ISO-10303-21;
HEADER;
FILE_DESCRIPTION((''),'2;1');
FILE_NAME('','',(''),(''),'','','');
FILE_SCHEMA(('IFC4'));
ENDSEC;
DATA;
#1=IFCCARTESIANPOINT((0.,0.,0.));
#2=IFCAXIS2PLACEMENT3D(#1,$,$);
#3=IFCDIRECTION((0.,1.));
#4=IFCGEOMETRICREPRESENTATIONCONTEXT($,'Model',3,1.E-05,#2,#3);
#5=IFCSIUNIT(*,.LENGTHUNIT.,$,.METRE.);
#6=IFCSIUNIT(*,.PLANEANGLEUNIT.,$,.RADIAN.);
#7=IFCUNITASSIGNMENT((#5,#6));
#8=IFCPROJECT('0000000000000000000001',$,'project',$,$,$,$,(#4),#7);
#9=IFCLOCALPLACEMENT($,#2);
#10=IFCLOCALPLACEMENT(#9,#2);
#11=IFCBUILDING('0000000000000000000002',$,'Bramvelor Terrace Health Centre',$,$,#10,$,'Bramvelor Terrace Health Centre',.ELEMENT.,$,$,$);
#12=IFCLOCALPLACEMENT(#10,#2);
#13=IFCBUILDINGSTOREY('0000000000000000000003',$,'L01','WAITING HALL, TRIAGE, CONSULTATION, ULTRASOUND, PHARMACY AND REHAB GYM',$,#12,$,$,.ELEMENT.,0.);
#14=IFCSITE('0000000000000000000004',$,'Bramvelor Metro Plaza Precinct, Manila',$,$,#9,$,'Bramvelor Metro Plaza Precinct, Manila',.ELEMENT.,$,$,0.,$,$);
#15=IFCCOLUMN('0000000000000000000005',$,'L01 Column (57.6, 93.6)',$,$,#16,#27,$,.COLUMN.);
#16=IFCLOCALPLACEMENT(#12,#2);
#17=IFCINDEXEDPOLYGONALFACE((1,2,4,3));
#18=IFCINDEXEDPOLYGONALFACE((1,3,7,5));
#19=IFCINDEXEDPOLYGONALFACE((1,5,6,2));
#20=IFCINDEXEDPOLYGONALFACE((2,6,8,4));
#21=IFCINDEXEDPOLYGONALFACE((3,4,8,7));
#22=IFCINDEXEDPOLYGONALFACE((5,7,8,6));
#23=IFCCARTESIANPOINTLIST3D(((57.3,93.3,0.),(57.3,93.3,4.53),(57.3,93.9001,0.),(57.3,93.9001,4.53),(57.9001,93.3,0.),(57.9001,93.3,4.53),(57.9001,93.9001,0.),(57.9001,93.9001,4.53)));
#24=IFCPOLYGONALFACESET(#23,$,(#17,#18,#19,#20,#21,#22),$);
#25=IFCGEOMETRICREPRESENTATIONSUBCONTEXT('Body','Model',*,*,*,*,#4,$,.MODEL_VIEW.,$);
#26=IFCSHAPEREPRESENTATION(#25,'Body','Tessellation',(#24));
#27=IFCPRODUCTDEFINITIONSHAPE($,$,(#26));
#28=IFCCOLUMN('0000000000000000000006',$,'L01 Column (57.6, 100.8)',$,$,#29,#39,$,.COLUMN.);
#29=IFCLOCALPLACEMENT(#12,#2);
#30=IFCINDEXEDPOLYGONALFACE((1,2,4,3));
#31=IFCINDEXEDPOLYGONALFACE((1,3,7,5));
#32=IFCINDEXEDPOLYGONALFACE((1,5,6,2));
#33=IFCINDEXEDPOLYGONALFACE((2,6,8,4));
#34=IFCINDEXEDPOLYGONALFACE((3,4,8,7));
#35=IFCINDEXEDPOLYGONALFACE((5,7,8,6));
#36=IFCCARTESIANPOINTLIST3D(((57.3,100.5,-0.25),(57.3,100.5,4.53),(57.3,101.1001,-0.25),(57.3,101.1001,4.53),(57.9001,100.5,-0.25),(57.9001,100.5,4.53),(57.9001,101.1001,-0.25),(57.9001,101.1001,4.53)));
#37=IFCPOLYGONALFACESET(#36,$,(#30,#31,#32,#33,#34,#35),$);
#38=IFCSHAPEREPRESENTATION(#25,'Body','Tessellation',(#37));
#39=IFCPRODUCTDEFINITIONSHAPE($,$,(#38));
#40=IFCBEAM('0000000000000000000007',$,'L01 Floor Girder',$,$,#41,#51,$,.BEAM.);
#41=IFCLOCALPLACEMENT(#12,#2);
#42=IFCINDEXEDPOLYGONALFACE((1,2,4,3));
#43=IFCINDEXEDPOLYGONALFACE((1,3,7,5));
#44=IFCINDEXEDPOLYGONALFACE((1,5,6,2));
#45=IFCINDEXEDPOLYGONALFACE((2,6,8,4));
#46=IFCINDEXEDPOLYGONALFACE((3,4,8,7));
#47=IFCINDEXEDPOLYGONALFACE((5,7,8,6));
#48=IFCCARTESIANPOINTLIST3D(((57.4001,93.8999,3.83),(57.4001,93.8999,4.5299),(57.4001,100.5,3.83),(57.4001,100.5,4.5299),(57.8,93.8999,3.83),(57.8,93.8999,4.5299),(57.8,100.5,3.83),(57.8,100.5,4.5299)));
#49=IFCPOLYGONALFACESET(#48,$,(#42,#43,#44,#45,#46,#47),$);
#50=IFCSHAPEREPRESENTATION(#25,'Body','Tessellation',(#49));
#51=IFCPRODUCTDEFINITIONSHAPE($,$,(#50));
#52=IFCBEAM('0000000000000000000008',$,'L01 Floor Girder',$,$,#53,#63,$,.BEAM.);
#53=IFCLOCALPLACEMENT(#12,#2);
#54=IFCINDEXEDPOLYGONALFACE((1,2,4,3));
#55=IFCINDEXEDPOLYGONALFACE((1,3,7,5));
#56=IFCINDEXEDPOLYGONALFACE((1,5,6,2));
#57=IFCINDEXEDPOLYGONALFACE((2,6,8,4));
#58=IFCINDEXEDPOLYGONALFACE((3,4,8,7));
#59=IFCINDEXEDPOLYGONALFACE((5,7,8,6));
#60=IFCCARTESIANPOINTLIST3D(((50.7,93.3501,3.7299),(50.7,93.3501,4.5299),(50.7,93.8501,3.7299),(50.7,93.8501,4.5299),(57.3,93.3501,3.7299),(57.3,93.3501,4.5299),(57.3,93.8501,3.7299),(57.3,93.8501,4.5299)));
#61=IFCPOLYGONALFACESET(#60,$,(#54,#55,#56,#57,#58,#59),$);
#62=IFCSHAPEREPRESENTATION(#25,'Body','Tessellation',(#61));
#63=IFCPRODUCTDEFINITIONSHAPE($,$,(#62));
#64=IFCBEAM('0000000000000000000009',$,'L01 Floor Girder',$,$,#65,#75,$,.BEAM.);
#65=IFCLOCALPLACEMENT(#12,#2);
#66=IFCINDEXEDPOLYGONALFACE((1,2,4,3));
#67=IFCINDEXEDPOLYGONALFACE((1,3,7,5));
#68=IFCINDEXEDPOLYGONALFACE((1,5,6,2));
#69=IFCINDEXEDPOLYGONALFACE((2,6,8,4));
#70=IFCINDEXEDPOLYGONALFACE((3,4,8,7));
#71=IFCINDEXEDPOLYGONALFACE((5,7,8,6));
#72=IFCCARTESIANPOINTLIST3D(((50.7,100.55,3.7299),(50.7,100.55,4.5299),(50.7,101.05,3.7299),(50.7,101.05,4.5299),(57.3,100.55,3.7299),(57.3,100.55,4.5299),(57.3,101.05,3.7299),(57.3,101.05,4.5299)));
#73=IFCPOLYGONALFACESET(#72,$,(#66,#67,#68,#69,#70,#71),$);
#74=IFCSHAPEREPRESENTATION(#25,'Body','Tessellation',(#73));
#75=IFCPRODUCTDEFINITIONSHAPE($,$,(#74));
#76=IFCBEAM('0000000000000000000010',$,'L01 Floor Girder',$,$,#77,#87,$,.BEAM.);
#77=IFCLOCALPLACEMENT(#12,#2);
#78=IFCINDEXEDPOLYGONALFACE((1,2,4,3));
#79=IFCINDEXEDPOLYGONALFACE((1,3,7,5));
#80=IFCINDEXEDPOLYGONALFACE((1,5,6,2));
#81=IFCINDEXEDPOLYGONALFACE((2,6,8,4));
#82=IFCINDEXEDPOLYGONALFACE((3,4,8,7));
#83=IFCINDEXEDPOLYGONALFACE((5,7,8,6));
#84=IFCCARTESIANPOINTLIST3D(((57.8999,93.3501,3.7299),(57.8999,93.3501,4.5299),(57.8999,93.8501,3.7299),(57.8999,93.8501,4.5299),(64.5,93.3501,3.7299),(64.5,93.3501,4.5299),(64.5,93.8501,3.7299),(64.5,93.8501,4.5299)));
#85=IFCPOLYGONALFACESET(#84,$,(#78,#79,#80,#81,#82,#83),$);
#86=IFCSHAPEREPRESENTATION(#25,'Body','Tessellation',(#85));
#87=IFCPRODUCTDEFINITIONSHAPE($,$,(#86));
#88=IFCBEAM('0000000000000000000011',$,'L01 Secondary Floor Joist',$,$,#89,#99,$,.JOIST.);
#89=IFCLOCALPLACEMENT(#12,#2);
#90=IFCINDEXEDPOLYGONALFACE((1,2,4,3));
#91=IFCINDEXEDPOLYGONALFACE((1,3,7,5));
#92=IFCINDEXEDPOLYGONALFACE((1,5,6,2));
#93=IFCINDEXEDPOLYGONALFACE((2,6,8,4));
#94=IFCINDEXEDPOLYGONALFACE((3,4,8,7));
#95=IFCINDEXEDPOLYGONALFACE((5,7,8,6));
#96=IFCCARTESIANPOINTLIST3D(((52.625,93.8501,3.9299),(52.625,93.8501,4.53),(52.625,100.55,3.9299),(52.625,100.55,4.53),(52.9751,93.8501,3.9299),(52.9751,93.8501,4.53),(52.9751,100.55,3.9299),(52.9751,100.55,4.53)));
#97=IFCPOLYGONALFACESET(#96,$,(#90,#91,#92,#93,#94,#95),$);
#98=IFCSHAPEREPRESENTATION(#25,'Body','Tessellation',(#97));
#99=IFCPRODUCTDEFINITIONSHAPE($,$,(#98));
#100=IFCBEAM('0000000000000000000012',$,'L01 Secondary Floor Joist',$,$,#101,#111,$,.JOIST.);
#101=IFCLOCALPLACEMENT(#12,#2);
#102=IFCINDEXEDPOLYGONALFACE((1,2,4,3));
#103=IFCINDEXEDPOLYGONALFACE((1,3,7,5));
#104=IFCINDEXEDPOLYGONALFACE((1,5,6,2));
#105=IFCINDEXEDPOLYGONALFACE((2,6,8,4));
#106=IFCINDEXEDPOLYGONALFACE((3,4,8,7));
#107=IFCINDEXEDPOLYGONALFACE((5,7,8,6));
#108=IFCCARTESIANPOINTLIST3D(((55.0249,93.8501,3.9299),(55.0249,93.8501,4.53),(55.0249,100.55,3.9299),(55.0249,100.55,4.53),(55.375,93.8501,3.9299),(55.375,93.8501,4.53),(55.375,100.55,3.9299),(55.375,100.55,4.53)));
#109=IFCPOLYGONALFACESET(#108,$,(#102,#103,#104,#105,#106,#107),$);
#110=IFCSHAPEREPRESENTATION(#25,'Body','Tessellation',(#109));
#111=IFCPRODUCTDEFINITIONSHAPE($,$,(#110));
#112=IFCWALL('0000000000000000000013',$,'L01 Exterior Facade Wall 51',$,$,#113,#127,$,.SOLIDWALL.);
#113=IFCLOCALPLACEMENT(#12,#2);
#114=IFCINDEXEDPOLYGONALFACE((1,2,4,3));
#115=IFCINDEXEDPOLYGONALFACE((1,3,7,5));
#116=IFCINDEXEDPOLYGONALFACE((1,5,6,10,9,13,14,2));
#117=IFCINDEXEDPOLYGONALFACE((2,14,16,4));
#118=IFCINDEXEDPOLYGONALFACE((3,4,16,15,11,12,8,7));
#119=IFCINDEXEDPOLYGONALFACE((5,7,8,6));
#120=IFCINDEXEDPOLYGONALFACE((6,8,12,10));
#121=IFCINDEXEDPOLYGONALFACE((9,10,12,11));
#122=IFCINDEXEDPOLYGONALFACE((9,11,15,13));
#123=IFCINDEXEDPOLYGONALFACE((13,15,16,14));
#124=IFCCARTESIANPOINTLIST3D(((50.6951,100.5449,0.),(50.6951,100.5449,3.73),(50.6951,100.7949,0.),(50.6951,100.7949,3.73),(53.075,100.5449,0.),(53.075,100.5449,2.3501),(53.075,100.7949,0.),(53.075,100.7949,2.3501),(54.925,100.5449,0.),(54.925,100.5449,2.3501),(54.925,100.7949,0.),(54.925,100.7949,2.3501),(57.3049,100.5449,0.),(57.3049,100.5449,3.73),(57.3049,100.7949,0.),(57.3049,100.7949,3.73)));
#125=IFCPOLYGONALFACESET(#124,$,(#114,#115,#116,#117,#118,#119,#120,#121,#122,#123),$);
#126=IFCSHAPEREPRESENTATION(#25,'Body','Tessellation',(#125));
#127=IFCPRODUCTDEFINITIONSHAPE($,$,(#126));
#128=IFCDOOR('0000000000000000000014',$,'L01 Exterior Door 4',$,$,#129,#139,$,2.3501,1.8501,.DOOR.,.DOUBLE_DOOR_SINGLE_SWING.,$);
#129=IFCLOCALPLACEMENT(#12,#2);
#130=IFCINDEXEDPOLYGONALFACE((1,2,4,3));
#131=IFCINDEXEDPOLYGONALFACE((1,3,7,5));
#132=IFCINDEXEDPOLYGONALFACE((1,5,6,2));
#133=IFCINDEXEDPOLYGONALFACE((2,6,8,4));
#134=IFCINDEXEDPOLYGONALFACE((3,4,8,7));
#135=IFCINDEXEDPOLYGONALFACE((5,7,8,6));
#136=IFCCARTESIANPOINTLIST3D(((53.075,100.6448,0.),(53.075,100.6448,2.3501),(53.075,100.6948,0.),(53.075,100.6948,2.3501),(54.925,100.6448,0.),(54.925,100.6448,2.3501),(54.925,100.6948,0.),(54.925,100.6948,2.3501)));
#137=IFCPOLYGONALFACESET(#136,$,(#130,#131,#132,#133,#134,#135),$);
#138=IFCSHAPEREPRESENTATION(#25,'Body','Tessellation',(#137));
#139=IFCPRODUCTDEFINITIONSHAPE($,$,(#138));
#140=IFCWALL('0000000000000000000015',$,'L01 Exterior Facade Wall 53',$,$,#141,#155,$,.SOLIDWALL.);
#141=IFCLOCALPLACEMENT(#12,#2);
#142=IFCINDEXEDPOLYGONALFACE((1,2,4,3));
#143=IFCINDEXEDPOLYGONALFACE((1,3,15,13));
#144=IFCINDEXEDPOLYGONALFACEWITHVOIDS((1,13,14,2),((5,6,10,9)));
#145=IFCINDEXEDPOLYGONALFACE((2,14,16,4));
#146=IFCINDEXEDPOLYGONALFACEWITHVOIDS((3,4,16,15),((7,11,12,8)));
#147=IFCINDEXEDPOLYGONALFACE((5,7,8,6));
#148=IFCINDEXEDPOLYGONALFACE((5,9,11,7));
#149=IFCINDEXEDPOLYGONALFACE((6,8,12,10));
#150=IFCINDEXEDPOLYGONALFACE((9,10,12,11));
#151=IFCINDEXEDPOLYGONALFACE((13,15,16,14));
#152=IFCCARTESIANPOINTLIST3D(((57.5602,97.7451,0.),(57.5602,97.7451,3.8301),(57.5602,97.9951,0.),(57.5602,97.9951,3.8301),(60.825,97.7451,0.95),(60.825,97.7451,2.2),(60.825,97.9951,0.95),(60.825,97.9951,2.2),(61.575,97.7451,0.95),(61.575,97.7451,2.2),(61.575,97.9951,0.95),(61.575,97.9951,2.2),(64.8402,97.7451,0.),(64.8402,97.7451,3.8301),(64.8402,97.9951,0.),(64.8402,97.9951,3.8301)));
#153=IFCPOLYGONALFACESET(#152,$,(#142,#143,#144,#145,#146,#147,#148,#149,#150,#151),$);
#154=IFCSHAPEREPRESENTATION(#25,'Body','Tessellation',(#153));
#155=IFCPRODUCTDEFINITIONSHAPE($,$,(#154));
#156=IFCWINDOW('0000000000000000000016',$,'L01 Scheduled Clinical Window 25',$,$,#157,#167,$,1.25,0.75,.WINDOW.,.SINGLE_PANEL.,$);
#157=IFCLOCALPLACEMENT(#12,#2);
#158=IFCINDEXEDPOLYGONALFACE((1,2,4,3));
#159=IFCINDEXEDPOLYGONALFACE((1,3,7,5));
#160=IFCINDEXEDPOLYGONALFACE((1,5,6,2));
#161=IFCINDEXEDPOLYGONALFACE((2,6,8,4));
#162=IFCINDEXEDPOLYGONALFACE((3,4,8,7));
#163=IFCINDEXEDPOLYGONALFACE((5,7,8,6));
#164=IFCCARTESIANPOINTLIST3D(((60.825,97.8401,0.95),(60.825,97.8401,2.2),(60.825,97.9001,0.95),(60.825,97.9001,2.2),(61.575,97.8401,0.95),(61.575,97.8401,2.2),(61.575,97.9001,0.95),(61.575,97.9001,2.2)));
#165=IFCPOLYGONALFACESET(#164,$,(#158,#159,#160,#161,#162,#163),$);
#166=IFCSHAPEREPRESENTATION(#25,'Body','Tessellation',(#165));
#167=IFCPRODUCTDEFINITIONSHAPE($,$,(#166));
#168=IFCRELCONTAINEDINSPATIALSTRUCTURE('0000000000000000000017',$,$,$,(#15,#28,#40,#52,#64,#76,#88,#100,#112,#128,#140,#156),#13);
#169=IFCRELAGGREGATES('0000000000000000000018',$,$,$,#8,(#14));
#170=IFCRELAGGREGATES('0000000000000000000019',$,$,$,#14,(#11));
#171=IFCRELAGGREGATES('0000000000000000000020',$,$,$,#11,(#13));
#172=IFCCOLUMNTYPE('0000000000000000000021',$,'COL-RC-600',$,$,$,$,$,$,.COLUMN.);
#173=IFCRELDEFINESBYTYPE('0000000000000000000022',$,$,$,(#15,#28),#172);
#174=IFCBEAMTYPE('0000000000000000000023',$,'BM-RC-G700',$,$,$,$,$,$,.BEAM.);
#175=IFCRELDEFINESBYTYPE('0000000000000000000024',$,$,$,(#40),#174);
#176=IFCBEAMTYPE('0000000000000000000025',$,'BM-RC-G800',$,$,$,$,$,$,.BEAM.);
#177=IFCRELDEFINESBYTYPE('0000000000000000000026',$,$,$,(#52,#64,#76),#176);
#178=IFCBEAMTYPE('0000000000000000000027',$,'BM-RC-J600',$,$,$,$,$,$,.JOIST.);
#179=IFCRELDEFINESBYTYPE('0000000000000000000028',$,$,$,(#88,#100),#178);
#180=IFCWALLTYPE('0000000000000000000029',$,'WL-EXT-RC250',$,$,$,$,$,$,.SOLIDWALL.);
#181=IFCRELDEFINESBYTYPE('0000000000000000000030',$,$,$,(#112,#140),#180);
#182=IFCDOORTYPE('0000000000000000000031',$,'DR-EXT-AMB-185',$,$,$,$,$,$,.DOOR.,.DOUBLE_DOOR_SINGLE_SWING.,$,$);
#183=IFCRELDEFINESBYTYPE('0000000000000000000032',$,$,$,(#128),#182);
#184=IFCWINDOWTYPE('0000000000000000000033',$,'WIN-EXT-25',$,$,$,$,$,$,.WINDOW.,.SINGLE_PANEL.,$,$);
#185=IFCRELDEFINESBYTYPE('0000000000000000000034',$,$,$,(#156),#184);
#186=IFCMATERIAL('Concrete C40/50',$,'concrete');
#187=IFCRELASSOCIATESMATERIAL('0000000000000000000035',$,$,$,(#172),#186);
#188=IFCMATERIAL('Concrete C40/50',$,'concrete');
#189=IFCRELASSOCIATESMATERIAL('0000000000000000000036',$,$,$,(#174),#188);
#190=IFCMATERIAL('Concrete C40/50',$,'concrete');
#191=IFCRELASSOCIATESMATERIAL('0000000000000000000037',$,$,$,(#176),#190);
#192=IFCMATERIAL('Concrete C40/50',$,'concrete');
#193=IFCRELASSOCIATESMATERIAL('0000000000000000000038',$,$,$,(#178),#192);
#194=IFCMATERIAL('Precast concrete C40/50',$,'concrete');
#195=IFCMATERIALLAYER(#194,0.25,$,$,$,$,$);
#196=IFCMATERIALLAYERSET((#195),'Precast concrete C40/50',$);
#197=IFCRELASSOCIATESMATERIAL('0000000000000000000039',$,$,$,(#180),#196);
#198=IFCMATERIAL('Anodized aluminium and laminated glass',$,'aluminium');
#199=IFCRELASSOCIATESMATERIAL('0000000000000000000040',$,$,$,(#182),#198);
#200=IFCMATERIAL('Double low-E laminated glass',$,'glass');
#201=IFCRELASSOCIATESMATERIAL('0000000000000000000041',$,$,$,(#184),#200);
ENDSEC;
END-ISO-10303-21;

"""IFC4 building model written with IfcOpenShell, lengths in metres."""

from ifc_helpers import new_model, si_unit, direction, frame, frame_2d, origin, origin_2d, place, context, subcontext, project, spatial, rectangle, extrude, material, layer, layer_set, material_profile, profile_set, type_object, element, fill, save


model = new_model("IFC4")

# Units and contexts
model_context = context("Model", 3, precision=1e-05, world=origin(), true_north=direction((0.0, 1.0)))
body_context = subcontext(model_context, "Body", "Model", "MODEL_VIEW")
ifc_project = project(units=[si_unit("LENGTHUNIT", "METRE"), si_unit("PLANEANGLEUNIT", "RADIAN")], contexts=[model_context])

# Site, building, storey
site_placement = place(None, origin())
site = spatial("IfcSite", under=ifc_project, at=site_placement, Name="Bramvelor Metro Plaza Precinct, Manila", LongName="Bramvelor Metro Plaza Precinct, Manila", CompositionType="ELEMENT", RefElevation=0.0)
building_placement = place(site_placement, origin())
building = spatial("IfcBuilding", under=site, at=building_placement, Name="Bramvelor Terrace Health Centre", LongName="Bramvelor Terrace Health Centre", CompositionType="ELEMENT")
storey_placement = place(building_placement, origin())
storey = spatial("IfcBuildingStorey", under=building, at=storey_placement, Name="L01", Description="WAITING HALL, TRIAGE, CONSULTATION, ULTRASOUND, PHARMACY AND REHAB GYM", CompositionType="ELEMENT", Elevation=0.0)

# Columns
ifc_material_1 = material(Name="Concrete C40/50", Category="concrete")
ifc_material_profile_1 = material_profile(ifc_material_1, rectangle(XDim=0.6001, YDim=0.6001, at=origin_2d()), Name="RC 600x600")
ifc_profile_set_1 = profile_set([ifc_material_profile_1], Name="Concrete C40/50")
column_type = type_object("IfcColumnType", Name="COL-RC-600", PredefinedType="COLUMN", material=ifc_profile_set_1)
column_1_placement = place(storey_placement, frame((57.6001, 93.6001, 0.0), z_axis=(0.0, 0.0, 1.0), x_axis=(1.0, 0.0, 0.0)))
element("IfcColumn", 1, at=column_1_placement, inside=storey, type_object=column_type, Name="L01 Column (57.6, 93.6)", PredefinedType="COLUMN", context=body_context, shape_type="SweptSolid", body=[
    extrude(rectangle(XDim=0.6001, YDim=0.6001, at=origin_2d()), origin(), (0.0, 0.0, 1.0), 4.53),
])
column_2_placement = place(storey_placement, frame((57.6001, 100.8, -0.25), z_axis=(0.0, 0.0, 1.0), x_axis=(1.0, 0.0, 0.0)))
element("IfcColumn", 2, at=column_2_placement, inside=storey, type_object=column_type, Name="L01 Column (57.6, 100.8)", PredefinedType="COLUMN", context=body_context, shape_type="SweptSolid", body=[
    extrude(rectangle(XDim=0.6001, YDim=0.6001, at=origin_2d()), origin(), (0.0, 0.0, 1.0), 4.78),
])

# Beams
ifc_material_2 = material(Name="Concrete C40/50", Category="concrete")
ifc_material_profile_2 = material_profile(ifc_material_2, rectangle(XDim=0.3999, YDim=0.7, at=origin_2d()), Name="RC 400x700")
ifc_profile_set_2 = profile_set([ifc_material_profile_2], Name="Concrete C40/50")
beam_type_1 = type_object("IfcBeamType", Name="BM-RC-G700", PredefinedType="BEAM", material=ifc_profile_set_2)
beam_placement = place(storey_placement, frame((57.6001, 93.8999, 4.1799), z_axis=(0.0, 1.0, 0.0), x_axis=(-1.0, 0.0, 0.0)))
element("IfcBeam", 3, at=beam_placement, inside=storey, type_object=beam_type_1, Name="L01 Floor Girder", PredefinedType="BEAM", context=body_context, shape_type="SweptSolid", body=[
    extrude(rectangle(XDim=0.3999, YDim=0.7, at=origin_2d()), origin(), (0.0, 0.0, 1.0), 6.6001),
])
ifc_material_3 = material(Name="Concrete C40/50", Category="concrete")
ifc_material_profile_3 = material_profile(ifc_material_3, rectangle(XDim=0.5, YDim=0.8, at=origin_2d()), Name="RC 500x800")
ifc_profile_set_3 = profile_set([ifc_material_profile_3], Name="Concrete C40/50")
beam_type_2 = type_object("IfcBeamType", Name="BM-RC-G800", PredefinedType="BEAM", material=ifc_profile_set_3)
for number, where, z_axis, x_axis, name in (
    (4, (50.7, 93.6001, 4.1299), (1.0, 0.0, 0.0), (0.0, 1.0, 0.0), "L01 Floor Girder"),
    (5, (50.7, 100.8, 4.1299), (1.0, 0.0, 0.0), (0.0, 1.0, 0.0), "L01 Floor Girder"),
    (6, (57.8999, 93.6001, 4.1299), (1.0, 0.0, 0.0), (0.0, 1.0, 0.0), "L01 Floor Girder"),
):
    element("IfcBeam", number, at=place(storey_placement, frame(where, z_axis=z_axis, x_axis=x_axis)), inside=storey, type_object=beam_type_2, Name=name, PredefinedType="BEAM", context=body_context, shape_type="SweptSolid", body=[
        extrude(rectangle(XDim=0.5, YDim=0.8, at=origin_2d()), origin(), (0.0, 0.0, 1.0), 6.6001),
    ])
ifc_material_4 = material(Name="Concrete C40/50", Category="concrete")
ifc_material_profile_4 = material_profile(ifc_material_4, rectangle(XDim=0.3501, YDim=0.6001, at=origin_2d()), Name="RC 350x600")
ifc_profile_set_4 = profile_set([ifc_material_profile_4], Name="Concrete C40/50")
beam_type_3 = type_object("IfcBeamType", Name="BM-RC-J600", PredefinedType="JOIST", material=ifc_profile_set_4)
for number, where, z_axis, x_axis, name in (
    (7, (52.8, 93.8501, 4.23), (0.0, 1.0, 0.0), (-1.0, 0.0, 0.0), "L01 Secondary Floor Joist"),
    (8, (55.2, 93.8501, 4.23), (0.0, 1.0, 0.0), (-1.0, 0.0, 0.0), "L01 Secondary Floor Joist"),
):
    element("IfcBeam", number, at=place(storey_placement, frame(where, z_axis=z_axis, x_axis=x_axis)), inside=storey, type_object=beam_type_3, Name=name, PredefinedType="JOIST", context=body_context, shape_type="SweptSolid", body=[
        extrude(rectangle(XDim=0.3501, YDim=0.6001, at=origin_2d()), origin(), (0.0, 0.0, 1.0), 6.7),
    ])

# Wall, opening, door
ifc_material_5 = material(Name="Precast concrete C40/50", Category="concrete")
ifc_layer_1 = layer(ifc_material_5, 0.25)
ifc_layer_set_1 = layer_set([ifc_layer_1], Name="Precast concrete C40/50")
wall_type_1 = type_object("IfcWallType", Name="WL-EXT-RC250", PredefinedType="SOLIDWALL", material=ifc_layer_set_1)
wall_1_placement = place(storey_placement, frame((50.6951, 100.6699, 0.0), z_axis=(0.0, 0.0, 1.0), x_axis=(1.0, 0.0, 0.0)))
wall_1 = element("IfcWall", 9, at=wall_1_placement, inside=storey, type_object=wall_type_1, Name="L01 Exterior Facade Wall 51", PredefinedType="SOLIDWALL", context=body_context, shape_type="SweptSolid", body=[
    extrude(rectangle(XDim=6.6099, YDim=0.25, at=frame_2d((3.3049, 0.0))), origin(), (0.0, 0.0, 1.0), 3.73),
])
opening_1_placement = place(wall_1_placement, frame((2.3799, 0.0, 0.0)))
opening_1 = element("IfcOpeningElement", 10, at=opening_1_placement, cuts=wall_1, PredefinedType="OPENING", context=body_context, shape_type="SweptSolid", body=[
    extrude(rectangle(XDim=1.8501, YDim=2.3501, at=frame_2d((0.925, 1.175))), frame((0.0, 0.135, 0.0), z_axis=(0.0, -1.0, 0.0), x_axis=(1.0, 0.0, 0.0)), (0.0, 0.0, 1.0), 0.27),
])
ifc_material_6 = material(Name="Anodized aluminium and laminated glass", Category="aluminium")
door_type = type_object("IfcDoorType", Name="DR-EXT-AMB-185", OperationType="DOUBLE_DOOR_SINGLE_SWING", PredefinedType="DOOR", material=ifc_material_6)
door_placement = place(opening_1_placement, origin())
door = element("IfcDoor", 11, at=door_placement, inside=storey, type_object=door_type, Name="L01 Exterior Door 4", OperationType="DOUBLE_DOOR_SINGLE_SWING", OverallHeight=2.3501, OverallWidth=1.8501, PredefinedType="DOOR", context=body_context, shape_type="SweptSolid", body=[
    extrude(rectangle(XDim=1.8501, YDim=2.3501, at=frame_2d((0.925, 1.175))), frame((0.0, 0.0249, 0.0), z_axis=(0.0, -1.0, 0.0), x_axis=(1.0, 0.0, 0.0)), (0.0, 0.0, 1.0), 0.05),
])
fill(opening_1, door)

# Wall, opening, window
wall_2_placement = place(storey_placement, frame((57.5601, 97.8701, 0.0), z_axis=(0.0, 0.0, 1.0), x_axis=(1.0, 0.0, 0.0)))
wall_2 = element("IfcWall", 12, at=wall_2_placement, inside=storey, type_object=wall_type_1, Name="L01 Exterior Facade Wall 53", PredefinedType="SOLIDWALL", context=body_context, shape_type="SweptSolid", body=[
    extrude(rectangle(XDim=7.28, YDim=0.25, at=frame_2d((3.6401, 0.0))), origin(), (0.0, 0.0, 1.0), 3.8301),
])
opening_2_placement = place(wall_2_placement, frame((3.2649, 0.0, 0.95)))
opening_2 = element("IfcOpeningElement", 13, at=opening_2_placement, cuts=wall_2, PredefinedType="OPENING", context=body_context, shape_type="SweptSolid", body=[
    extrude(rectangle(XDim=0.75, YDim=1.25, at=frame_2d((0.375, 0.625))), frame((0.0, 0.135, 0.0), z_axis=(0.0, -1.0, 0.0), x_axis=(1.0, 0.0, 0.0)), (0.0, 0.0, 1.0), 0.27),
])
ifc_material_7 = material(Name="Double low-E laminated glass", Category="glass")
window_type = type_object("IfcWindowType", Name="WIN-EXT-25", PartitioningType="SINGLE_PANEL", PredefinedType="WINDOW", material=ifc_material_7)
window_1_placement = place(opening_2_placement, origin())
window_1 = element("IfcWindow", 14, at=window_1_placement, inside=storey, type_object=window_type, Name="L01 Scheduled Clinical Window 25", OverallHeight=1.25, OverallWidth=0.75, PartitioningType="SINGLE_PANEL", PredefinedType="WINDOW", context=body_context, shape_type="SweptSolid", body=[
    extrude(rectangle(XDim=0.75, YDim=1.25, at=frame_2d((0.375, 0.625))), frame((0.0, 0.03, 0.0), z_axis=(0.0, -1.0, 0.0), x_axis=(1.0, 0.0, 0.0)), (0.0, 0.0, 1.0), 0.0601),
])
fill(opening_2, window_1)

save(model, "model.ifc")
